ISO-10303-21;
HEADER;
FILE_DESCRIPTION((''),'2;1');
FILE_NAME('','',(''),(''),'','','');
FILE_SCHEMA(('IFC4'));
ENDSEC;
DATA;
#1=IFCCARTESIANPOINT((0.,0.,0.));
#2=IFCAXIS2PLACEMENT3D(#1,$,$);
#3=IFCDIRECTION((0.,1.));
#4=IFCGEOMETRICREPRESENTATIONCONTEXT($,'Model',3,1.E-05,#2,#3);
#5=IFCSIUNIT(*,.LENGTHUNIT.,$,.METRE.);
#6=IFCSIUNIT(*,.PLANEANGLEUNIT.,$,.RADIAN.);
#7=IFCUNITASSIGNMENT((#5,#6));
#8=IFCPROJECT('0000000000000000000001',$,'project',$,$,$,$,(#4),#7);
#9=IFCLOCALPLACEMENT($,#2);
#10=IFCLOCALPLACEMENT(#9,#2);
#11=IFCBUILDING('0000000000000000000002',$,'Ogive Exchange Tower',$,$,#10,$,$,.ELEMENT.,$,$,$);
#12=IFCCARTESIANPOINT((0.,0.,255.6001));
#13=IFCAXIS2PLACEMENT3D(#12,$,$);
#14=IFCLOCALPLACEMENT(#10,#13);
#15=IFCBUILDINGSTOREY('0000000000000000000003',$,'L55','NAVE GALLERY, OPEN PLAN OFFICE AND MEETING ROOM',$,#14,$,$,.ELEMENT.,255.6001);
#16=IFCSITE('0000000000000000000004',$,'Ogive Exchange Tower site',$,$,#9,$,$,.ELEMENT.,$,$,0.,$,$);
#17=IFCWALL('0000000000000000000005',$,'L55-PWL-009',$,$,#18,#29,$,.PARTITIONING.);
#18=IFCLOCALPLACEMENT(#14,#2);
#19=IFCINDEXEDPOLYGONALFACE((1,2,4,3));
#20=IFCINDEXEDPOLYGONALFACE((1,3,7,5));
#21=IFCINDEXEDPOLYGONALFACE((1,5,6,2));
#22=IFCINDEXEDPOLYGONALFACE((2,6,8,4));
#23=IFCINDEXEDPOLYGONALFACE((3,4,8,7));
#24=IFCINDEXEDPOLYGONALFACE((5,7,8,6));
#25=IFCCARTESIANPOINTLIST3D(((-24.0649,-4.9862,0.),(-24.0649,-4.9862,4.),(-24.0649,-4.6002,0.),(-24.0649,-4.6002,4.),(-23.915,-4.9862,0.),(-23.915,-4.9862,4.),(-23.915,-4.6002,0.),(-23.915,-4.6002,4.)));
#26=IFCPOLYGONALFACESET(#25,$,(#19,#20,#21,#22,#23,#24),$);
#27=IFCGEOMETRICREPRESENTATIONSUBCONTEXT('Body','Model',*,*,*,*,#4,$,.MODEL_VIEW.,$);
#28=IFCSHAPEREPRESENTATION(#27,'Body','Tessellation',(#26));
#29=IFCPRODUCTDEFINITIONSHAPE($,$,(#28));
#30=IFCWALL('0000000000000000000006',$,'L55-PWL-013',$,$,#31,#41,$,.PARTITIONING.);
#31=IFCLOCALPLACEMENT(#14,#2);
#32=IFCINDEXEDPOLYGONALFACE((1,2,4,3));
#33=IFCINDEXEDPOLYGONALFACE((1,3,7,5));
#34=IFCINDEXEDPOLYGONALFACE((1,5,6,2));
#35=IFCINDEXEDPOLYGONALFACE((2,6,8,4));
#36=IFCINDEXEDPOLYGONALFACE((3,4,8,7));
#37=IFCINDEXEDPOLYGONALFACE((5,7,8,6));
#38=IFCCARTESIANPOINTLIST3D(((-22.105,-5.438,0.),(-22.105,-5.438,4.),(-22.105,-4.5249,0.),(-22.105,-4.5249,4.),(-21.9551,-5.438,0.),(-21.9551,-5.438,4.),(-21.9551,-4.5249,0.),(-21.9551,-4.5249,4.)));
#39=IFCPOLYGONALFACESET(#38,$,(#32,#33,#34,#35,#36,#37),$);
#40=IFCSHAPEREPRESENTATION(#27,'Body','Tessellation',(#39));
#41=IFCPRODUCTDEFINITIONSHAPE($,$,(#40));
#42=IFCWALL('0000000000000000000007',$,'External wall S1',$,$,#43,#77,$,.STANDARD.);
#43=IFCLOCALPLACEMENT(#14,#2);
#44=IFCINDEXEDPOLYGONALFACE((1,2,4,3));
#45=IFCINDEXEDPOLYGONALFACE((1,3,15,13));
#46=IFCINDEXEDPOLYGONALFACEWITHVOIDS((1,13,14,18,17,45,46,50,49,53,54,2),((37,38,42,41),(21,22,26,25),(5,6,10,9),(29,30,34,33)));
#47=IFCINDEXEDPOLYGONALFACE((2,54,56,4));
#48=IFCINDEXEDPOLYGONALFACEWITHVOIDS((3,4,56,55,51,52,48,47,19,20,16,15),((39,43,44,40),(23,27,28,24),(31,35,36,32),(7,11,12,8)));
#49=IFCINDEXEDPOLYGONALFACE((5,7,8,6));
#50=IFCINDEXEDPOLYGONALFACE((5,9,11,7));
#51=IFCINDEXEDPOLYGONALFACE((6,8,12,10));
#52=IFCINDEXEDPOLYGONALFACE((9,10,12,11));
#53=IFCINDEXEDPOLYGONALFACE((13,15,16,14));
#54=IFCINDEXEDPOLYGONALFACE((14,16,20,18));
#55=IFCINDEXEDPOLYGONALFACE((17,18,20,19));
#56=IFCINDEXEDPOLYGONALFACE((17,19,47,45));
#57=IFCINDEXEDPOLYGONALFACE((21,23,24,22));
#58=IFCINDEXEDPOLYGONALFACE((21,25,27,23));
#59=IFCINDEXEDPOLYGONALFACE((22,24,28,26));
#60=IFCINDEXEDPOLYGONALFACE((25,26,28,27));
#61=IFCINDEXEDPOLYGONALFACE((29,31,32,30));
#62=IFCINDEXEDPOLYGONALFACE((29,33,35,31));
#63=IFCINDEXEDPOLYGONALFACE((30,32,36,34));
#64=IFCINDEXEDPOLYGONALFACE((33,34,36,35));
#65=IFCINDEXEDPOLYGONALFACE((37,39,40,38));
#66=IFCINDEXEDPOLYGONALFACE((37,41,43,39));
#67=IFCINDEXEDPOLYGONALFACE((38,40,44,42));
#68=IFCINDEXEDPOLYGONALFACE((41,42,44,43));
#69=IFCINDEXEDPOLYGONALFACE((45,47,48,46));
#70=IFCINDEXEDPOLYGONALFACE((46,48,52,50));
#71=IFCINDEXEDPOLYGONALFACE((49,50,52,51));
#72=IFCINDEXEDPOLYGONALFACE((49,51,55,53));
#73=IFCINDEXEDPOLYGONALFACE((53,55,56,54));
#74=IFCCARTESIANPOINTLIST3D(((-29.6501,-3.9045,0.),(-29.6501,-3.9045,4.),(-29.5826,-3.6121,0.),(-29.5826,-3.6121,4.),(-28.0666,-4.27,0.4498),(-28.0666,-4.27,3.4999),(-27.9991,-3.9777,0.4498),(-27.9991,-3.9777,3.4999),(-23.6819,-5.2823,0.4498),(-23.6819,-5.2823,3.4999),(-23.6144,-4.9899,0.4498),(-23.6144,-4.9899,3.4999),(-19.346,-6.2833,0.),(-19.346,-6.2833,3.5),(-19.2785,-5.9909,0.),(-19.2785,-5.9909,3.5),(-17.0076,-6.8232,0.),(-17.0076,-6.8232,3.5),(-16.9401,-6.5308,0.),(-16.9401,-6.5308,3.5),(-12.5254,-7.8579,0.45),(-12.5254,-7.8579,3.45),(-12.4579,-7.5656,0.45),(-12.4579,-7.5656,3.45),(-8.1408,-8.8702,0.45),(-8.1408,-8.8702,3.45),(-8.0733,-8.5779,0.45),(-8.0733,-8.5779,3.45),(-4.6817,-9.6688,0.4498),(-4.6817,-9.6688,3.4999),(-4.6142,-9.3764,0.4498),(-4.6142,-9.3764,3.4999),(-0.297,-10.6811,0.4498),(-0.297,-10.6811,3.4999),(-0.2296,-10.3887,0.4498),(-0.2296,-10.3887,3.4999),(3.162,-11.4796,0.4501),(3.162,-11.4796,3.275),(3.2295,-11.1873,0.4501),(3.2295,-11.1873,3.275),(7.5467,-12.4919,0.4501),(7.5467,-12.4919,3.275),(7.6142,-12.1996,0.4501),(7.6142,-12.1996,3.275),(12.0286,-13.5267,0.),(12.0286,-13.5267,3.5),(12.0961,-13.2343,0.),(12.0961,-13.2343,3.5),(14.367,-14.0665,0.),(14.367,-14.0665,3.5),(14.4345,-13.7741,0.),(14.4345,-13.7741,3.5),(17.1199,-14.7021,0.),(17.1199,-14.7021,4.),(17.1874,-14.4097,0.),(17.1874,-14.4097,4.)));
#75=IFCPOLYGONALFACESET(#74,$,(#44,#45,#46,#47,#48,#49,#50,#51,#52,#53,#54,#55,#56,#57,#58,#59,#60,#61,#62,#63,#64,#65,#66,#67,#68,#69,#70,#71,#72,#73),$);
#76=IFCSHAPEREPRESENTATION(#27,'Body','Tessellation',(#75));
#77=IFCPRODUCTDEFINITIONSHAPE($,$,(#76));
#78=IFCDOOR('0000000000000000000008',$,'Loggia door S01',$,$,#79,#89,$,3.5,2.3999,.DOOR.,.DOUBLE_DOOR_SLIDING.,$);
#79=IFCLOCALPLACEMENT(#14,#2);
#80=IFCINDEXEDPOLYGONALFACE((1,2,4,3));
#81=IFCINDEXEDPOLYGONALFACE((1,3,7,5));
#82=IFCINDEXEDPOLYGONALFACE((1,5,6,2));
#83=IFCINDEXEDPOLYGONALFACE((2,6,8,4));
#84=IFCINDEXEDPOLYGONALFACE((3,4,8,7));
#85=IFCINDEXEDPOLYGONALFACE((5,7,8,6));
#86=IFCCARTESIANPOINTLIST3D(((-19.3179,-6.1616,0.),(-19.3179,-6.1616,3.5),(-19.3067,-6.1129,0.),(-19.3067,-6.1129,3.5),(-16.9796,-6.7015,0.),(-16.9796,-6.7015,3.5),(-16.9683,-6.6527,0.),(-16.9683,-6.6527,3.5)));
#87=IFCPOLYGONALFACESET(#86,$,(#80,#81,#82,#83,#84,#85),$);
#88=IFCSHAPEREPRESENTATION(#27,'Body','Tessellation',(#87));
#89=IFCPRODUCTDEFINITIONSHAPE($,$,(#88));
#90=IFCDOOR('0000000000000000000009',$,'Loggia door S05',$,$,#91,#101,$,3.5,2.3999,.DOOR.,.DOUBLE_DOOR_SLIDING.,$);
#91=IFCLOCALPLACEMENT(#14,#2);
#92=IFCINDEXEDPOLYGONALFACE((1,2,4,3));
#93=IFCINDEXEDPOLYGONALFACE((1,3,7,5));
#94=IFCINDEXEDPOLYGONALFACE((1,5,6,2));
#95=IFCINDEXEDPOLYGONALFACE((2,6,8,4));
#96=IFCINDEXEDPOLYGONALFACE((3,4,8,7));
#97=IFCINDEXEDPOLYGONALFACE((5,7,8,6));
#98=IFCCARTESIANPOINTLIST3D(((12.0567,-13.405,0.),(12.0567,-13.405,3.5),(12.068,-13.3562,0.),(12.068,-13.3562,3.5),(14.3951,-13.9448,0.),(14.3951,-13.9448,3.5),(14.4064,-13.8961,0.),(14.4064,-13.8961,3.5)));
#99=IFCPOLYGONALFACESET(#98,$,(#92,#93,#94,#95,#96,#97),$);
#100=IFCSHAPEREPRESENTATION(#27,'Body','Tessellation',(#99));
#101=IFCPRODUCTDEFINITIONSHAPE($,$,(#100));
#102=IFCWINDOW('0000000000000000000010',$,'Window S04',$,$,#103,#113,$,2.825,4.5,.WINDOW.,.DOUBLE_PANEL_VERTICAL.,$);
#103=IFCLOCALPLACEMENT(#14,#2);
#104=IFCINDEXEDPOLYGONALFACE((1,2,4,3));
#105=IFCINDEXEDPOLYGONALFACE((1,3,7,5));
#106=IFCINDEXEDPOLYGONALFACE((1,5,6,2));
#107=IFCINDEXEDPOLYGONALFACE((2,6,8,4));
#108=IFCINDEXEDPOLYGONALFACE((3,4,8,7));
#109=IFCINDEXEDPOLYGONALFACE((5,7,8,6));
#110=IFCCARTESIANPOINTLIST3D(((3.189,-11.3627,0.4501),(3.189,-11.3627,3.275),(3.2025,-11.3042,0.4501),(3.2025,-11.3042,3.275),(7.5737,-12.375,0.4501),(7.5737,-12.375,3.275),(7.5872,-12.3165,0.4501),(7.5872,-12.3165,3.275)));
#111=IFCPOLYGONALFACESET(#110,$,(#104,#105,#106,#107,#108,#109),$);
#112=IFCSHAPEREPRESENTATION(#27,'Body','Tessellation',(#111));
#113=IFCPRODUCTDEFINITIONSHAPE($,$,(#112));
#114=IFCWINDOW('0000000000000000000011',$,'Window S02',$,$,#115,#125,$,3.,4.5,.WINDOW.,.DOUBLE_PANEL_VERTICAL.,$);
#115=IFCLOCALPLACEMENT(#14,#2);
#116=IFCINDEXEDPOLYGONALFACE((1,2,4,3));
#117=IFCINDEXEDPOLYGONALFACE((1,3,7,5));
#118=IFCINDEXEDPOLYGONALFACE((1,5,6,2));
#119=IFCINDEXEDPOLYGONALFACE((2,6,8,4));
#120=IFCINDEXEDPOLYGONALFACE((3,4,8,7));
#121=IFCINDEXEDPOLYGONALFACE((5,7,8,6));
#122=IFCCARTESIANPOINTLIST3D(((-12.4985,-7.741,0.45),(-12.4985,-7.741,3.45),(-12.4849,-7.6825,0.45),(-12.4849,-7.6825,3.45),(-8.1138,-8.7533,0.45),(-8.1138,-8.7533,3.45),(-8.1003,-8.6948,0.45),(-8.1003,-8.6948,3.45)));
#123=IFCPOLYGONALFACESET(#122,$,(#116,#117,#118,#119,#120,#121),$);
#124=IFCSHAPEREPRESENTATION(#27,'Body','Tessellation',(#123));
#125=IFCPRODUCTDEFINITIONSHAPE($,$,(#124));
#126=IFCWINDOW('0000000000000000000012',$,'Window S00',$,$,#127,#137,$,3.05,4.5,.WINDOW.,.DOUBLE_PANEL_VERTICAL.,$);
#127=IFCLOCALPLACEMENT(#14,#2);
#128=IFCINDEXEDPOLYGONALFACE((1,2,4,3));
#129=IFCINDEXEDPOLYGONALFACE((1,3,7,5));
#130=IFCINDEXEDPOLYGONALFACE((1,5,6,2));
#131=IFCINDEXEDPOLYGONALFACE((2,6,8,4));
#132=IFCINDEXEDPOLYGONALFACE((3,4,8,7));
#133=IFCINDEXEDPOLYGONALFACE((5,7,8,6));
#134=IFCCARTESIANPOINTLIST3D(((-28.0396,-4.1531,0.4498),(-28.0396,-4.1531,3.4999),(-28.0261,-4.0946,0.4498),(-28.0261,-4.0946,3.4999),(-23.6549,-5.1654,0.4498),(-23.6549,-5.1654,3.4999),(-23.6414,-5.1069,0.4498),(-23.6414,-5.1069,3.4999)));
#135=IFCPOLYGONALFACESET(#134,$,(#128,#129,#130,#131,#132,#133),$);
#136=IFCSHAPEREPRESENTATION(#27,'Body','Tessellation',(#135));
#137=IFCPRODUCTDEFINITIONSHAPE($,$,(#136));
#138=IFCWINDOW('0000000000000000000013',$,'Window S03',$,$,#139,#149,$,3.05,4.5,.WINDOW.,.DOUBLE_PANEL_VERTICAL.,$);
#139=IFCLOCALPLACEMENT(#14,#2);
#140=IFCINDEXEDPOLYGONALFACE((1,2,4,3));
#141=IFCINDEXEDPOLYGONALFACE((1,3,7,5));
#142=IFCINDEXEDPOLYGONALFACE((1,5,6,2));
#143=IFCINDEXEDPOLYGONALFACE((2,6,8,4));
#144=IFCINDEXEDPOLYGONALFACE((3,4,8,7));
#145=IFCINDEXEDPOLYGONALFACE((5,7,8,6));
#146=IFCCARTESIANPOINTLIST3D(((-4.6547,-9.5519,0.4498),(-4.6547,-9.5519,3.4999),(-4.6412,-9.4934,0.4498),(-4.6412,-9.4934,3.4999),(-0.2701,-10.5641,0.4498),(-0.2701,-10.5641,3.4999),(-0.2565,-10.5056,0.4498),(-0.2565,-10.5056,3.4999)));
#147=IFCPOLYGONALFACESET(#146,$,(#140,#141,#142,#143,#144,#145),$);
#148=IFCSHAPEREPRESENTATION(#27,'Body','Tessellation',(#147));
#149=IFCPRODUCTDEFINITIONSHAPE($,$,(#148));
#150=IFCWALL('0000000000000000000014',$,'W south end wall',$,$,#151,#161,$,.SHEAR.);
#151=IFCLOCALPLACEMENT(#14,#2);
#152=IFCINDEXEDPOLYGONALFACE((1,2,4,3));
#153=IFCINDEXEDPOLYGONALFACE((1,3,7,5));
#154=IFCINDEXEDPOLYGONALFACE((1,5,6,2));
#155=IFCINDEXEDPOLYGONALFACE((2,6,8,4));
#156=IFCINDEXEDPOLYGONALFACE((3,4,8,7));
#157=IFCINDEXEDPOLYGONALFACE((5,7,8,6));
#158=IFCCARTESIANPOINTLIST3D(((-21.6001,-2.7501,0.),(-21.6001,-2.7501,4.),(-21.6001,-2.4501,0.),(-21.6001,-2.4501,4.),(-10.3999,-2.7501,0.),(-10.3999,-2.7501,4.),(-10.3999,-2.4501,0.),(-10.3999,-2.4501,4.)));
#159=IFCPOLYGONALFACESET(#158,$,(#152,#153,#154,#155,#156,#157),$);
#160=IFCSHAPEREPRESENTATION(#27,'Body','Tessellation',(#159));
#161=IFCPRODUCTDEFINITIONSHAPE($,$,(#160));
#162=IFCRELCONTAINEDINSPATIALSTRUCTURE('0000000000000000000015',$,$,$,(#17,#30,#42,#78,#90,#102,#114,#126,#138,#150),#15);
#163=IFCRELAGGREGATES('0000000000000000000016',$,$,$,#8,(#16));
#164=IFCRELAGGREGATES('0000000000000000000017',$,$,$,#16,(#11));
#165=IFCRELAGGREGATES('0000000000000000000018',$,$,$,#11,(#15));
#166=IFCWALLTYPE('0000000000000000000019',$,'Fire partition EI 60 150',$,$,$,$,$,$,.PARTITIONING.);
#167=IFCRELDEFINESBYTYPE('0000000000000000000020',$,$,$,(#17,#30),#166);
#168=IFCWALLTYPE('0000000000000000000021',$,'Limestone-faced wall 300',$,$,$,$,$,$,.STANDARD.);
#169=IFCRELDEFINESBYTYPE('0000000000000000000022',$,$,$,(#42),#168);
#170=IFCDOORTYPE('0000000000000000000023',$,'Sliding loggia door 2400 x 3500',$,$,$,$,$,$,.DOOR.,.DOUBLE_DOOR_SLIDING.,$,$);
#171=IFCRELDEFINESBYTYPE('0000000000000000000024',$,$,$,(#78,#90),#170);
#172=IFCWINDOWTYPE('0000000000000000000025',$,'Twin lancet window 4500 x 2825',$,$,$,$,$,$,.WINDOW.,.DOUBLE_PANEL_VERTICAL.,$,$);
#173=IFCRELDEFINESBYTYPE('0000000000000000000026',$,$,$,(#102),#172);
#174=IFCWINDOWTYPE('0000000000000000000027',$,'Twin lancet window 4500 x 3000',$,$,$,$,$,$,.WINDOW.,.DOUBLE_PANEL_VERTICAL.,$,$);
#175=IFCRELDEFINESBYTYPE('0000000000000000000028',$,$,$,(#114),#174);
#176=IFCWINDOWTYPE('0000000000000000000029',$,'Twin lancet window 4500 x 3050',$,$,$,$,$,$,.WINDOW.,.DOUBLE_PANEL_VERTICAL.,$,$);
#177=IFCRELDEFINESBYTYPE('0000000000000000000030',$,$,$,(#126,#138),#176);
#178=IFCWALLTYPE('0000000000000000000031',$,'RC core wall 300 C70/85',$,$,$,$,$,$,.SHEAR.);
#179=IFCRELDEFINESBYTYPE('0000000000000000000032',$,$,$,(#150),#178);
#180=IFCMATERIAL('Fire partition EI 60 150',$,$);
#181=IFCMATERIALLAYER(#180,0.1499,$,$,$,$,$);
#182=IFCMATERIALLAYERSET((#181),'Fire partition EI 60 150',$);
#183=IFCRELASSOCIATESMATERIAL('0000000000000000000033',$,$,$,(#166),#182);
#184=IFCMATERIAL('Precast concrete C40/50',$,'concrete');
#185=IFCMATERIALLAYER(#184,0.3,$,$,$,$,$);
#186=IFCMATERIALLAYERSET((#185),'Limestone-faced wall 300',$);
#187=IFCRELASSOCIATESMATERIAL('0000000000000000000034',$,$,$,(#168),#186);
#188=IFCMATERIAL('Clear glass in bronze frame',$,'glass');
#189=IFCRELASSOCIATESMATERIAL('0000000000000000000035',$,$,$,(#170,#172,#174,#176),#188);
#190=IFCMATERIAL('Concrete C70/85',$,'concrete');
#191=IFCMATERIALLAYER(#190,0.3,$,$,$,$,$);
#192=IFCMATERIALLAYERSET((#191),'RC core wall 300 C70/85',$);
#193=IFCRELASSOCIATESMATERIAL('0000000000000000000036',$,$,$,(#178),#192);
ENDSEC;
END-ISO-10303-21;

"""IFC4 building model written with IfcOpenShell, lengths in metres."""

from ifc_helpers import new_model, si_unit, direction, frame, frame_2d, origin, place, context, subcontext, project, spatial, rectangle, extrude, material, layer, layer_set, type_object, element, fill, save


model = new_model("IFC4")

# Units and contexts
model_context = context("Model", 3, precision=1e-05, world=origin(), true_north=direction((0.0, 1.0)))
body_context = subcontext(model_context, "Body", "Model", "MODEL_VIEW")
ifc_project = project(units=[si_unit("LENGTHUNIT", "METRE"), si_unit("PLANEANGLEUNIT", "RADIAN")], contexts=[model_context])

# Site, building, storey
site_placement = place(None, origin())
site = spatial("IfcSite", under=ifc_project, at=site_placement, Name="Ogive Exchange Tower site", CompositionType="ELEMENT", RefElevation=0.0)
building_placement = place(site_placement, origin())
building = spatial("IfcBuilding", under=site, at=building_placement, Name="Ogive Exchange Tower", CompositionType="ELEMENT")
storey_placement = place(building_placement, frame((0.0, 0.0, 255.6001)))
storey = spatial("IfcBuildingStorey", under=building, at=storey_placement, Name="L55", Description="NAVE GALLERY, OPEN PLAN OFFICE AND MEETING ROOM", CompositionType="ELEMENT", Elevation=255.6001)

# Shared definitions
ifc_material_1 = material(Name="Fire partition EI 60 150")
ifc_layer_1 = layer(ifc_material_1, 0.1499)
ifc_layer_set_1 = layer_set([ifc_layer_1], Name="Fire partition EI 60 150")
wall_type_1 = type_object("IfcWallType", Name="Fire partition EI 60 150", PredefinedType="PARTITIONING", material=ifc_layer_set_1)

# Walls
wall_1_placement = place(storey_placement, frame((-23.99, -4.9861, 0.0), z_axis=(0.0, 0.0, 1.0), x_axis=(0.0, 1.0, 0.0)))
element("IfcWall", 1, at=wall_1_placement, inside=storey, type_object=wall_type_1, Name="L55-PWL-009", PredefinedType="PARTITIONING", context=body_context, shape_type="SweptSolid", body=[
    extrude(rectangle(XDim=0.386, YDim=0.1499, at=frame_2d((0.1929, 0.0))), origin(), (0.0, 0.0, 1.0), 4.0),
])
wall_2_placement = place(storey_placement, frame((-22.03, -4.5249, 0.0), z_axis=(0.0, 0.0, 1.0), x_axis=(0.0, -1.0, 0.0)))
element("IfcWall", 2, at=wall_2_placement, inside=storey, type_object=wall_type_1, Name="L55-PWL-013", PredefinedType="PARTITIONING", context=body_context, shape_type="SweptSolid", body=[
    extrude(rectangle(XDim=0.9131, YDim=0.1499, at=frame_2d((0.4565, 0.0))), origin(), (0.0, 0.0, 1.0), 4.0),
])

# Wall, openings, doors, windows
ifc_material_2 = material(Name="Precast concrete C40/50", Category="concrete")
ifc_layer_2 = layer(ifc_material_2, 0.3)
ifc_layer_set_2 = layer_set([ifc_layer_2], Name="Limestone-faced wall 300")
wall_type_2 = type_object("IfcWallType", Name="Limestone-faced wall 300", PredefinedType="STANDARD", material=ifc_layer_set_2)
wall_3_placement = place(storey_placement, frame((-29.6162, -3.7583, 0.0), z_axis=(0.0, 0.0, 1.0), x_axis=(0.974371, -0.224949, 0.0)))
wall_3 = element("IfcWall", 3, at=wall_3_placement, inside=storey, type_object=wall_type_2, Name="External wall S1", PredefinedType="STANDARD", context=body_context, shape_type="SweptSolid", body=[
    extrude(rectangle(XDim=48.0002, YDim=0.3, at=frame_2d((24.0, 0.0))), origin(), (0.0, 0.0, 1.0), 4.0),
])
opening_1_placement = place(wall_3_placement, frame((1.625, 0.0, 0.45)))
opening_1 = element("IfcOpeningElement", 4, at=opening_1_placement, cuts=wall_3, PredefinedType="OPENING", context=body_context, shape_type="SweptSolid", body=[
    extrude(rectangle(XDim=4.5, YDim=3.05, at=frame_2d((2.25, 1.5249))), frame((0.0, 0.1599, 0.0), z_axis=(0.0, -1.0, 0.0), x_axis=(1.0, 0.0, 0.0)), (0.0, 0.0, 1.0), 0.3201),
])
opening_2_placement = place(wall_3_placement, frame((10.575, 0.0, 0.0)))
opening_2 = element("IfcOpeningElement", 5, at=opening_2_placement, cuts=wall_3, PredefinedType="OPENING", context=body_context, shape_type="SweptSolid", body=[
    extrude(rectangle(XDim=2.3999, YDim=3.5, at=frame_2d((1.2, 1.75))), frame((0.0, 0.1599, 0.0), z_axis=(0.0, -1.0, 0.0), x_axis=(1.0, 0.0, 0.0)), (0.0, 0.0, 1.0), 0.3201),
])
opening_3_placement = place(wall_3_placement, frame((17.575, 0.0, 0.45)))
opening_3 = element("IfcOpeningElement", 6, at=opening_3_placement, cuts=wall_3, PredefinedType="OPENING", context=body_context, shape_type="SweptSolid", body=[
    extrude(rectangle(XDim=4.5, YDim=3.0, at=frame_2d((2.25, 1.5))), frame((0.0, 0.1599, 0.0), z_axis=(0.0, -1.0, 0.0), x_axis=(1.0, 0.0, 0.0)), (0.0, 0.0, 1.0), 0.3201),
])
opening_4_placement = place(wall_3_placement, frame((25.625, 0.0, 0.45)))
opening_4 = element("IfcOpeningElement", 7, at=opening_4_placement, cuts=wall_3, PredefinedType="OPENING", context=body_context, shape_type="SweptSolid", body=[
    extrude(rectangle(XDim=4.5, YDim=3.05, at=frame_2d((2.25, 1.5249))), frame((0.0, 0.1599, 0.0), z_axis=(0.0, -1.0, 0.0), x_axis=(1.0, 0.0, 0.0)), (0.0, 0.0, 1.0), 0.3201),
])
opening_5_placement = place(wall_3_placement, frame((33.675, 0.0, 0.45)))
opening_5 = element("IfcOpeningElement", 8, at=opening_5_placement, cuts=wall_3, PredefinedType="OPENING", context=body_context, shape_type="SweptSolid", body=[
    extrude(rectangle(XDim=4.5, YDim=2.825, at=frame_2d((2.25, 1.4126))), frame((0.0, 0.1599, 0.0), z_axis=(0.0, -1.0, 0.0), x_axis=(1.0, 0.0, 0.0)), (0.0, 0.0, 1.0), 0.3201),
])
opening_6_placement = place(wall_3_placement, frame((42.7749, 0.0, 0.0)))
opening_6 = element("IfcOpeningElement", 9, at=opening_6_placement, cuts=wall_3, PredefinedType="OPENING", context=body_context, shape_type="SweptSolid", body=[
    extrude(rectangle(XDim=2.3999, YDim=3.5, at=frame_2d((1.2, 1.75))), frame((0.0, 0.1599, 0.0), z_axis=(0.0, -1.0, 0.0), x_axis=(1.0, 0.0, 0.0)), (0.0, 0.0, 1.0), 0.3201),
])
ifc_material_3 = material(Name="Clear glass in bronze frame", Category="glass")
door_type_1 = type_object("IfcDoorType", Name="Sliding loggia door 2400 x 3500", OperationType="DOUBLE_DOOR_SLIDING", PredefinedType="DOOR", material=ifc_material_3)
door_1_placement = place(opening_2_placement, origin())
door_1 = element("IfcDoor", 10, at=door_1_placement, inside=storey, type_object=door_type_1, Name="Loggia door S01", OperationType="DOUBLE_DOOR_SLIDING", OverallHeight=3.5, OverallWidth=2.3999, PredefinedType="DOOR", context=body_context, shape_type="SweptSolid", body=[
    extrude(rectangle(XDim=2.3999, YDim=3.5, at=frame_2d((1.2, 1.75))), frame((0.0, 0.0249, 0.0), z_axis=(0.0, -1.0, 0.0), x_axis=(1.0, 0.0, 0.0)), (0.0, 0.0, 1.0), 0.05),
])
fill(opening_2, door_1)
door_2_placement = place(opening_6_placement, origin())
door_2 = element("IfcDoor", 11, at=door_2_placement, inside=storey, type_object=door_type_1, Name="Loggia door S05", OperationType="DOUBLE_DOOR_SLIDING", OverallHeight=3.5, OverallWidth=2.3999, PredefinedType="DOOR", context=body_context, shape_type="SweptSolid", body=[
    extrude(rectangle(XDim=2.3999, YDim=3.5, at=frame_2d((1.2, 1.75))), frame((0.0, 0.0249, 0.0), z_axis=(0.0, -1.0, 0.0), x_axis=(1.0, 0.0, 0.0)), (0.0, 0.0, 1.0), 0.05),
])
fill(opening_6, door_2)
window_type_1 = type_object("IfcWindowType", Name="Twin lancet window 4500 x 2825", PartitioningType="DOUBLE_PANEL_VERTICAL", PredefinedType="WINDOW", material=ifc_material_3)
window_1_placement = place(opening_5_placement, origin())
window_1 = element("IfcWindow", 12, at=window_1_placement, inside=storey, type_object=window_type_1, Name="Window S04", OverallHeight=2.825, OverallWidth=4.5, PartitioningType="DOUBLE_PANEL_VERTICAL", PredefinedType="WINDOW", context=body_context, shape_type="SweptSolid", body=[
    extrude(rectangle(XDim=4.5, YDim=2.825, at=frame_2d((2.25, 1.4126))), frame((0.0, 0.03, 0.0), z_axis=(0.0, -1.0, 0.0), x_axis=(1.0, 0.0, 0.0)), (0.0, 0.0, 1.0), 0.0601),
])
fill(opening_5, window_1)
window_type_2 = type_object("IfcWindowType", Name="Twin lancet window 4500 x 3000", PartitioningType="DOUBLE_PANEL_VERTICAL", PredefinedType="WINDOW", material=ifc_material_3)
window_2_placement = place(opening_3_placement, origin())
window_2 = element("IfcWindow", 13, at=window_2_placement, inside=storey, type_object=window_type_2, Name="Window S02", OverallHeight=3.0, OverallWidth=4.5, PartitioningType="DOUBLE_PANEL_VERTICAL", PredefinedType="WINDOW", context=body_context, shape_type="SweptSolid", body=[
    extrude(rectangle(XDim=4.5, YDim=3.0, at=frame_2d((2.25, 1.5))), frame((0.0, 0.03, 0.0), z_axis=(0.0, -1.0, 0.0), x_axis=(1.0, 0.0, 0.0)), (0.0, 0.0, 1.0), 0.0601),
])
fill(opening_3, window_2)
window_type_3 = type_object("IfcWindowType", Name="Twin lancet window 4500 x 3050", PartitioningType="DOUBLE_PANEL_VERTICAL", PredefinedType="WINDOW", material=ifc_material_3)
window_3_placement = place(opening_1_placement, origin())
window_3 = element("IfcWindow", 14, at=window_3_placement, inside=storey, type_object=window_type_3, Name="Window S00", OverallHeight=3.05, OverallWidth=4.5, PartitioningType="DOUBLE_PANEL_VERTICAL", PredefinedType="WINDOW", context=body_context, shape_type="SweptSolid", body=[
    extrude(rectangle(XDim=4.5, YDim=3.05, at=frame_2d((2.25, 1.5249))), frame((0.0, 0.03, 0.0), z_axis=(0.0, -1.0, 0.0), x_axis=(1.0, 0.0, 0.0)), (0.0, 0.0, 1.0), 0.0601),
])
fill(opening_1, window_3)
window_4_placement = place(opening_4_placement, origin())
window_4 = element("IfcWindow", 15, at=window_4_placement, inside=storey, type_object=window_type_3, Name="Window S03", OverallHeight=3.05, OverallWidth=4.5, PartitioningType="DOUBLE_PANEL_VERTICAL", PredefinedType="WINDOW", context=body_context, shape_type="SweptSolid", body=[
    extrude(rectangle(XDim=4.5, YDim=3.05, at=frame_2d((2.25, 1.5249))), frame((0.0, 0.03, 0.0), z_axis=(0.0, -1.0, 0.0), x_axis=(1.0, 0.0, 0.0)), (0.0, 0.0, 1.0), 0.0601),
])
fill(opening_4, window_4)

# Wall
ifc_material_4 = material(Name="Concrete C70/85", Category="concrete")
ifc_layer_3 = layer(ifc_material_4, 0.3)
ifc_layer_set_3 = layer_set([ifc_layer_3], Name="RC core wall 300 C70/85")
wall_type_3 = type_object("IfcWallType", Name="RC core wall 300 C70/85", PredefinedType="SHEAR", material=ifc_layer_set_3)
wall_4_placement = place(storey_placement, frame((-21.6001, -2.6001, 0.0), z_axis=(0.0, 0.0, 1.0), x_axis=(1.0, 0.0, 0.0)))
element("IfcWall", 16, at=wall_4_placement, inside=storey, type_object=wall_type_3, Name="W south end wall", PredefinedType="SHEAR", context=body_context, shape_type="SweptSolid", body=[
    extrude(rectangle(XDim=11.2002, YDim=0.3, at=frame_2d((5.6001, 0.0))), origin(), (0.0, 0.0, 1.0), 4.0),
])

save(model, "model.ifc")
